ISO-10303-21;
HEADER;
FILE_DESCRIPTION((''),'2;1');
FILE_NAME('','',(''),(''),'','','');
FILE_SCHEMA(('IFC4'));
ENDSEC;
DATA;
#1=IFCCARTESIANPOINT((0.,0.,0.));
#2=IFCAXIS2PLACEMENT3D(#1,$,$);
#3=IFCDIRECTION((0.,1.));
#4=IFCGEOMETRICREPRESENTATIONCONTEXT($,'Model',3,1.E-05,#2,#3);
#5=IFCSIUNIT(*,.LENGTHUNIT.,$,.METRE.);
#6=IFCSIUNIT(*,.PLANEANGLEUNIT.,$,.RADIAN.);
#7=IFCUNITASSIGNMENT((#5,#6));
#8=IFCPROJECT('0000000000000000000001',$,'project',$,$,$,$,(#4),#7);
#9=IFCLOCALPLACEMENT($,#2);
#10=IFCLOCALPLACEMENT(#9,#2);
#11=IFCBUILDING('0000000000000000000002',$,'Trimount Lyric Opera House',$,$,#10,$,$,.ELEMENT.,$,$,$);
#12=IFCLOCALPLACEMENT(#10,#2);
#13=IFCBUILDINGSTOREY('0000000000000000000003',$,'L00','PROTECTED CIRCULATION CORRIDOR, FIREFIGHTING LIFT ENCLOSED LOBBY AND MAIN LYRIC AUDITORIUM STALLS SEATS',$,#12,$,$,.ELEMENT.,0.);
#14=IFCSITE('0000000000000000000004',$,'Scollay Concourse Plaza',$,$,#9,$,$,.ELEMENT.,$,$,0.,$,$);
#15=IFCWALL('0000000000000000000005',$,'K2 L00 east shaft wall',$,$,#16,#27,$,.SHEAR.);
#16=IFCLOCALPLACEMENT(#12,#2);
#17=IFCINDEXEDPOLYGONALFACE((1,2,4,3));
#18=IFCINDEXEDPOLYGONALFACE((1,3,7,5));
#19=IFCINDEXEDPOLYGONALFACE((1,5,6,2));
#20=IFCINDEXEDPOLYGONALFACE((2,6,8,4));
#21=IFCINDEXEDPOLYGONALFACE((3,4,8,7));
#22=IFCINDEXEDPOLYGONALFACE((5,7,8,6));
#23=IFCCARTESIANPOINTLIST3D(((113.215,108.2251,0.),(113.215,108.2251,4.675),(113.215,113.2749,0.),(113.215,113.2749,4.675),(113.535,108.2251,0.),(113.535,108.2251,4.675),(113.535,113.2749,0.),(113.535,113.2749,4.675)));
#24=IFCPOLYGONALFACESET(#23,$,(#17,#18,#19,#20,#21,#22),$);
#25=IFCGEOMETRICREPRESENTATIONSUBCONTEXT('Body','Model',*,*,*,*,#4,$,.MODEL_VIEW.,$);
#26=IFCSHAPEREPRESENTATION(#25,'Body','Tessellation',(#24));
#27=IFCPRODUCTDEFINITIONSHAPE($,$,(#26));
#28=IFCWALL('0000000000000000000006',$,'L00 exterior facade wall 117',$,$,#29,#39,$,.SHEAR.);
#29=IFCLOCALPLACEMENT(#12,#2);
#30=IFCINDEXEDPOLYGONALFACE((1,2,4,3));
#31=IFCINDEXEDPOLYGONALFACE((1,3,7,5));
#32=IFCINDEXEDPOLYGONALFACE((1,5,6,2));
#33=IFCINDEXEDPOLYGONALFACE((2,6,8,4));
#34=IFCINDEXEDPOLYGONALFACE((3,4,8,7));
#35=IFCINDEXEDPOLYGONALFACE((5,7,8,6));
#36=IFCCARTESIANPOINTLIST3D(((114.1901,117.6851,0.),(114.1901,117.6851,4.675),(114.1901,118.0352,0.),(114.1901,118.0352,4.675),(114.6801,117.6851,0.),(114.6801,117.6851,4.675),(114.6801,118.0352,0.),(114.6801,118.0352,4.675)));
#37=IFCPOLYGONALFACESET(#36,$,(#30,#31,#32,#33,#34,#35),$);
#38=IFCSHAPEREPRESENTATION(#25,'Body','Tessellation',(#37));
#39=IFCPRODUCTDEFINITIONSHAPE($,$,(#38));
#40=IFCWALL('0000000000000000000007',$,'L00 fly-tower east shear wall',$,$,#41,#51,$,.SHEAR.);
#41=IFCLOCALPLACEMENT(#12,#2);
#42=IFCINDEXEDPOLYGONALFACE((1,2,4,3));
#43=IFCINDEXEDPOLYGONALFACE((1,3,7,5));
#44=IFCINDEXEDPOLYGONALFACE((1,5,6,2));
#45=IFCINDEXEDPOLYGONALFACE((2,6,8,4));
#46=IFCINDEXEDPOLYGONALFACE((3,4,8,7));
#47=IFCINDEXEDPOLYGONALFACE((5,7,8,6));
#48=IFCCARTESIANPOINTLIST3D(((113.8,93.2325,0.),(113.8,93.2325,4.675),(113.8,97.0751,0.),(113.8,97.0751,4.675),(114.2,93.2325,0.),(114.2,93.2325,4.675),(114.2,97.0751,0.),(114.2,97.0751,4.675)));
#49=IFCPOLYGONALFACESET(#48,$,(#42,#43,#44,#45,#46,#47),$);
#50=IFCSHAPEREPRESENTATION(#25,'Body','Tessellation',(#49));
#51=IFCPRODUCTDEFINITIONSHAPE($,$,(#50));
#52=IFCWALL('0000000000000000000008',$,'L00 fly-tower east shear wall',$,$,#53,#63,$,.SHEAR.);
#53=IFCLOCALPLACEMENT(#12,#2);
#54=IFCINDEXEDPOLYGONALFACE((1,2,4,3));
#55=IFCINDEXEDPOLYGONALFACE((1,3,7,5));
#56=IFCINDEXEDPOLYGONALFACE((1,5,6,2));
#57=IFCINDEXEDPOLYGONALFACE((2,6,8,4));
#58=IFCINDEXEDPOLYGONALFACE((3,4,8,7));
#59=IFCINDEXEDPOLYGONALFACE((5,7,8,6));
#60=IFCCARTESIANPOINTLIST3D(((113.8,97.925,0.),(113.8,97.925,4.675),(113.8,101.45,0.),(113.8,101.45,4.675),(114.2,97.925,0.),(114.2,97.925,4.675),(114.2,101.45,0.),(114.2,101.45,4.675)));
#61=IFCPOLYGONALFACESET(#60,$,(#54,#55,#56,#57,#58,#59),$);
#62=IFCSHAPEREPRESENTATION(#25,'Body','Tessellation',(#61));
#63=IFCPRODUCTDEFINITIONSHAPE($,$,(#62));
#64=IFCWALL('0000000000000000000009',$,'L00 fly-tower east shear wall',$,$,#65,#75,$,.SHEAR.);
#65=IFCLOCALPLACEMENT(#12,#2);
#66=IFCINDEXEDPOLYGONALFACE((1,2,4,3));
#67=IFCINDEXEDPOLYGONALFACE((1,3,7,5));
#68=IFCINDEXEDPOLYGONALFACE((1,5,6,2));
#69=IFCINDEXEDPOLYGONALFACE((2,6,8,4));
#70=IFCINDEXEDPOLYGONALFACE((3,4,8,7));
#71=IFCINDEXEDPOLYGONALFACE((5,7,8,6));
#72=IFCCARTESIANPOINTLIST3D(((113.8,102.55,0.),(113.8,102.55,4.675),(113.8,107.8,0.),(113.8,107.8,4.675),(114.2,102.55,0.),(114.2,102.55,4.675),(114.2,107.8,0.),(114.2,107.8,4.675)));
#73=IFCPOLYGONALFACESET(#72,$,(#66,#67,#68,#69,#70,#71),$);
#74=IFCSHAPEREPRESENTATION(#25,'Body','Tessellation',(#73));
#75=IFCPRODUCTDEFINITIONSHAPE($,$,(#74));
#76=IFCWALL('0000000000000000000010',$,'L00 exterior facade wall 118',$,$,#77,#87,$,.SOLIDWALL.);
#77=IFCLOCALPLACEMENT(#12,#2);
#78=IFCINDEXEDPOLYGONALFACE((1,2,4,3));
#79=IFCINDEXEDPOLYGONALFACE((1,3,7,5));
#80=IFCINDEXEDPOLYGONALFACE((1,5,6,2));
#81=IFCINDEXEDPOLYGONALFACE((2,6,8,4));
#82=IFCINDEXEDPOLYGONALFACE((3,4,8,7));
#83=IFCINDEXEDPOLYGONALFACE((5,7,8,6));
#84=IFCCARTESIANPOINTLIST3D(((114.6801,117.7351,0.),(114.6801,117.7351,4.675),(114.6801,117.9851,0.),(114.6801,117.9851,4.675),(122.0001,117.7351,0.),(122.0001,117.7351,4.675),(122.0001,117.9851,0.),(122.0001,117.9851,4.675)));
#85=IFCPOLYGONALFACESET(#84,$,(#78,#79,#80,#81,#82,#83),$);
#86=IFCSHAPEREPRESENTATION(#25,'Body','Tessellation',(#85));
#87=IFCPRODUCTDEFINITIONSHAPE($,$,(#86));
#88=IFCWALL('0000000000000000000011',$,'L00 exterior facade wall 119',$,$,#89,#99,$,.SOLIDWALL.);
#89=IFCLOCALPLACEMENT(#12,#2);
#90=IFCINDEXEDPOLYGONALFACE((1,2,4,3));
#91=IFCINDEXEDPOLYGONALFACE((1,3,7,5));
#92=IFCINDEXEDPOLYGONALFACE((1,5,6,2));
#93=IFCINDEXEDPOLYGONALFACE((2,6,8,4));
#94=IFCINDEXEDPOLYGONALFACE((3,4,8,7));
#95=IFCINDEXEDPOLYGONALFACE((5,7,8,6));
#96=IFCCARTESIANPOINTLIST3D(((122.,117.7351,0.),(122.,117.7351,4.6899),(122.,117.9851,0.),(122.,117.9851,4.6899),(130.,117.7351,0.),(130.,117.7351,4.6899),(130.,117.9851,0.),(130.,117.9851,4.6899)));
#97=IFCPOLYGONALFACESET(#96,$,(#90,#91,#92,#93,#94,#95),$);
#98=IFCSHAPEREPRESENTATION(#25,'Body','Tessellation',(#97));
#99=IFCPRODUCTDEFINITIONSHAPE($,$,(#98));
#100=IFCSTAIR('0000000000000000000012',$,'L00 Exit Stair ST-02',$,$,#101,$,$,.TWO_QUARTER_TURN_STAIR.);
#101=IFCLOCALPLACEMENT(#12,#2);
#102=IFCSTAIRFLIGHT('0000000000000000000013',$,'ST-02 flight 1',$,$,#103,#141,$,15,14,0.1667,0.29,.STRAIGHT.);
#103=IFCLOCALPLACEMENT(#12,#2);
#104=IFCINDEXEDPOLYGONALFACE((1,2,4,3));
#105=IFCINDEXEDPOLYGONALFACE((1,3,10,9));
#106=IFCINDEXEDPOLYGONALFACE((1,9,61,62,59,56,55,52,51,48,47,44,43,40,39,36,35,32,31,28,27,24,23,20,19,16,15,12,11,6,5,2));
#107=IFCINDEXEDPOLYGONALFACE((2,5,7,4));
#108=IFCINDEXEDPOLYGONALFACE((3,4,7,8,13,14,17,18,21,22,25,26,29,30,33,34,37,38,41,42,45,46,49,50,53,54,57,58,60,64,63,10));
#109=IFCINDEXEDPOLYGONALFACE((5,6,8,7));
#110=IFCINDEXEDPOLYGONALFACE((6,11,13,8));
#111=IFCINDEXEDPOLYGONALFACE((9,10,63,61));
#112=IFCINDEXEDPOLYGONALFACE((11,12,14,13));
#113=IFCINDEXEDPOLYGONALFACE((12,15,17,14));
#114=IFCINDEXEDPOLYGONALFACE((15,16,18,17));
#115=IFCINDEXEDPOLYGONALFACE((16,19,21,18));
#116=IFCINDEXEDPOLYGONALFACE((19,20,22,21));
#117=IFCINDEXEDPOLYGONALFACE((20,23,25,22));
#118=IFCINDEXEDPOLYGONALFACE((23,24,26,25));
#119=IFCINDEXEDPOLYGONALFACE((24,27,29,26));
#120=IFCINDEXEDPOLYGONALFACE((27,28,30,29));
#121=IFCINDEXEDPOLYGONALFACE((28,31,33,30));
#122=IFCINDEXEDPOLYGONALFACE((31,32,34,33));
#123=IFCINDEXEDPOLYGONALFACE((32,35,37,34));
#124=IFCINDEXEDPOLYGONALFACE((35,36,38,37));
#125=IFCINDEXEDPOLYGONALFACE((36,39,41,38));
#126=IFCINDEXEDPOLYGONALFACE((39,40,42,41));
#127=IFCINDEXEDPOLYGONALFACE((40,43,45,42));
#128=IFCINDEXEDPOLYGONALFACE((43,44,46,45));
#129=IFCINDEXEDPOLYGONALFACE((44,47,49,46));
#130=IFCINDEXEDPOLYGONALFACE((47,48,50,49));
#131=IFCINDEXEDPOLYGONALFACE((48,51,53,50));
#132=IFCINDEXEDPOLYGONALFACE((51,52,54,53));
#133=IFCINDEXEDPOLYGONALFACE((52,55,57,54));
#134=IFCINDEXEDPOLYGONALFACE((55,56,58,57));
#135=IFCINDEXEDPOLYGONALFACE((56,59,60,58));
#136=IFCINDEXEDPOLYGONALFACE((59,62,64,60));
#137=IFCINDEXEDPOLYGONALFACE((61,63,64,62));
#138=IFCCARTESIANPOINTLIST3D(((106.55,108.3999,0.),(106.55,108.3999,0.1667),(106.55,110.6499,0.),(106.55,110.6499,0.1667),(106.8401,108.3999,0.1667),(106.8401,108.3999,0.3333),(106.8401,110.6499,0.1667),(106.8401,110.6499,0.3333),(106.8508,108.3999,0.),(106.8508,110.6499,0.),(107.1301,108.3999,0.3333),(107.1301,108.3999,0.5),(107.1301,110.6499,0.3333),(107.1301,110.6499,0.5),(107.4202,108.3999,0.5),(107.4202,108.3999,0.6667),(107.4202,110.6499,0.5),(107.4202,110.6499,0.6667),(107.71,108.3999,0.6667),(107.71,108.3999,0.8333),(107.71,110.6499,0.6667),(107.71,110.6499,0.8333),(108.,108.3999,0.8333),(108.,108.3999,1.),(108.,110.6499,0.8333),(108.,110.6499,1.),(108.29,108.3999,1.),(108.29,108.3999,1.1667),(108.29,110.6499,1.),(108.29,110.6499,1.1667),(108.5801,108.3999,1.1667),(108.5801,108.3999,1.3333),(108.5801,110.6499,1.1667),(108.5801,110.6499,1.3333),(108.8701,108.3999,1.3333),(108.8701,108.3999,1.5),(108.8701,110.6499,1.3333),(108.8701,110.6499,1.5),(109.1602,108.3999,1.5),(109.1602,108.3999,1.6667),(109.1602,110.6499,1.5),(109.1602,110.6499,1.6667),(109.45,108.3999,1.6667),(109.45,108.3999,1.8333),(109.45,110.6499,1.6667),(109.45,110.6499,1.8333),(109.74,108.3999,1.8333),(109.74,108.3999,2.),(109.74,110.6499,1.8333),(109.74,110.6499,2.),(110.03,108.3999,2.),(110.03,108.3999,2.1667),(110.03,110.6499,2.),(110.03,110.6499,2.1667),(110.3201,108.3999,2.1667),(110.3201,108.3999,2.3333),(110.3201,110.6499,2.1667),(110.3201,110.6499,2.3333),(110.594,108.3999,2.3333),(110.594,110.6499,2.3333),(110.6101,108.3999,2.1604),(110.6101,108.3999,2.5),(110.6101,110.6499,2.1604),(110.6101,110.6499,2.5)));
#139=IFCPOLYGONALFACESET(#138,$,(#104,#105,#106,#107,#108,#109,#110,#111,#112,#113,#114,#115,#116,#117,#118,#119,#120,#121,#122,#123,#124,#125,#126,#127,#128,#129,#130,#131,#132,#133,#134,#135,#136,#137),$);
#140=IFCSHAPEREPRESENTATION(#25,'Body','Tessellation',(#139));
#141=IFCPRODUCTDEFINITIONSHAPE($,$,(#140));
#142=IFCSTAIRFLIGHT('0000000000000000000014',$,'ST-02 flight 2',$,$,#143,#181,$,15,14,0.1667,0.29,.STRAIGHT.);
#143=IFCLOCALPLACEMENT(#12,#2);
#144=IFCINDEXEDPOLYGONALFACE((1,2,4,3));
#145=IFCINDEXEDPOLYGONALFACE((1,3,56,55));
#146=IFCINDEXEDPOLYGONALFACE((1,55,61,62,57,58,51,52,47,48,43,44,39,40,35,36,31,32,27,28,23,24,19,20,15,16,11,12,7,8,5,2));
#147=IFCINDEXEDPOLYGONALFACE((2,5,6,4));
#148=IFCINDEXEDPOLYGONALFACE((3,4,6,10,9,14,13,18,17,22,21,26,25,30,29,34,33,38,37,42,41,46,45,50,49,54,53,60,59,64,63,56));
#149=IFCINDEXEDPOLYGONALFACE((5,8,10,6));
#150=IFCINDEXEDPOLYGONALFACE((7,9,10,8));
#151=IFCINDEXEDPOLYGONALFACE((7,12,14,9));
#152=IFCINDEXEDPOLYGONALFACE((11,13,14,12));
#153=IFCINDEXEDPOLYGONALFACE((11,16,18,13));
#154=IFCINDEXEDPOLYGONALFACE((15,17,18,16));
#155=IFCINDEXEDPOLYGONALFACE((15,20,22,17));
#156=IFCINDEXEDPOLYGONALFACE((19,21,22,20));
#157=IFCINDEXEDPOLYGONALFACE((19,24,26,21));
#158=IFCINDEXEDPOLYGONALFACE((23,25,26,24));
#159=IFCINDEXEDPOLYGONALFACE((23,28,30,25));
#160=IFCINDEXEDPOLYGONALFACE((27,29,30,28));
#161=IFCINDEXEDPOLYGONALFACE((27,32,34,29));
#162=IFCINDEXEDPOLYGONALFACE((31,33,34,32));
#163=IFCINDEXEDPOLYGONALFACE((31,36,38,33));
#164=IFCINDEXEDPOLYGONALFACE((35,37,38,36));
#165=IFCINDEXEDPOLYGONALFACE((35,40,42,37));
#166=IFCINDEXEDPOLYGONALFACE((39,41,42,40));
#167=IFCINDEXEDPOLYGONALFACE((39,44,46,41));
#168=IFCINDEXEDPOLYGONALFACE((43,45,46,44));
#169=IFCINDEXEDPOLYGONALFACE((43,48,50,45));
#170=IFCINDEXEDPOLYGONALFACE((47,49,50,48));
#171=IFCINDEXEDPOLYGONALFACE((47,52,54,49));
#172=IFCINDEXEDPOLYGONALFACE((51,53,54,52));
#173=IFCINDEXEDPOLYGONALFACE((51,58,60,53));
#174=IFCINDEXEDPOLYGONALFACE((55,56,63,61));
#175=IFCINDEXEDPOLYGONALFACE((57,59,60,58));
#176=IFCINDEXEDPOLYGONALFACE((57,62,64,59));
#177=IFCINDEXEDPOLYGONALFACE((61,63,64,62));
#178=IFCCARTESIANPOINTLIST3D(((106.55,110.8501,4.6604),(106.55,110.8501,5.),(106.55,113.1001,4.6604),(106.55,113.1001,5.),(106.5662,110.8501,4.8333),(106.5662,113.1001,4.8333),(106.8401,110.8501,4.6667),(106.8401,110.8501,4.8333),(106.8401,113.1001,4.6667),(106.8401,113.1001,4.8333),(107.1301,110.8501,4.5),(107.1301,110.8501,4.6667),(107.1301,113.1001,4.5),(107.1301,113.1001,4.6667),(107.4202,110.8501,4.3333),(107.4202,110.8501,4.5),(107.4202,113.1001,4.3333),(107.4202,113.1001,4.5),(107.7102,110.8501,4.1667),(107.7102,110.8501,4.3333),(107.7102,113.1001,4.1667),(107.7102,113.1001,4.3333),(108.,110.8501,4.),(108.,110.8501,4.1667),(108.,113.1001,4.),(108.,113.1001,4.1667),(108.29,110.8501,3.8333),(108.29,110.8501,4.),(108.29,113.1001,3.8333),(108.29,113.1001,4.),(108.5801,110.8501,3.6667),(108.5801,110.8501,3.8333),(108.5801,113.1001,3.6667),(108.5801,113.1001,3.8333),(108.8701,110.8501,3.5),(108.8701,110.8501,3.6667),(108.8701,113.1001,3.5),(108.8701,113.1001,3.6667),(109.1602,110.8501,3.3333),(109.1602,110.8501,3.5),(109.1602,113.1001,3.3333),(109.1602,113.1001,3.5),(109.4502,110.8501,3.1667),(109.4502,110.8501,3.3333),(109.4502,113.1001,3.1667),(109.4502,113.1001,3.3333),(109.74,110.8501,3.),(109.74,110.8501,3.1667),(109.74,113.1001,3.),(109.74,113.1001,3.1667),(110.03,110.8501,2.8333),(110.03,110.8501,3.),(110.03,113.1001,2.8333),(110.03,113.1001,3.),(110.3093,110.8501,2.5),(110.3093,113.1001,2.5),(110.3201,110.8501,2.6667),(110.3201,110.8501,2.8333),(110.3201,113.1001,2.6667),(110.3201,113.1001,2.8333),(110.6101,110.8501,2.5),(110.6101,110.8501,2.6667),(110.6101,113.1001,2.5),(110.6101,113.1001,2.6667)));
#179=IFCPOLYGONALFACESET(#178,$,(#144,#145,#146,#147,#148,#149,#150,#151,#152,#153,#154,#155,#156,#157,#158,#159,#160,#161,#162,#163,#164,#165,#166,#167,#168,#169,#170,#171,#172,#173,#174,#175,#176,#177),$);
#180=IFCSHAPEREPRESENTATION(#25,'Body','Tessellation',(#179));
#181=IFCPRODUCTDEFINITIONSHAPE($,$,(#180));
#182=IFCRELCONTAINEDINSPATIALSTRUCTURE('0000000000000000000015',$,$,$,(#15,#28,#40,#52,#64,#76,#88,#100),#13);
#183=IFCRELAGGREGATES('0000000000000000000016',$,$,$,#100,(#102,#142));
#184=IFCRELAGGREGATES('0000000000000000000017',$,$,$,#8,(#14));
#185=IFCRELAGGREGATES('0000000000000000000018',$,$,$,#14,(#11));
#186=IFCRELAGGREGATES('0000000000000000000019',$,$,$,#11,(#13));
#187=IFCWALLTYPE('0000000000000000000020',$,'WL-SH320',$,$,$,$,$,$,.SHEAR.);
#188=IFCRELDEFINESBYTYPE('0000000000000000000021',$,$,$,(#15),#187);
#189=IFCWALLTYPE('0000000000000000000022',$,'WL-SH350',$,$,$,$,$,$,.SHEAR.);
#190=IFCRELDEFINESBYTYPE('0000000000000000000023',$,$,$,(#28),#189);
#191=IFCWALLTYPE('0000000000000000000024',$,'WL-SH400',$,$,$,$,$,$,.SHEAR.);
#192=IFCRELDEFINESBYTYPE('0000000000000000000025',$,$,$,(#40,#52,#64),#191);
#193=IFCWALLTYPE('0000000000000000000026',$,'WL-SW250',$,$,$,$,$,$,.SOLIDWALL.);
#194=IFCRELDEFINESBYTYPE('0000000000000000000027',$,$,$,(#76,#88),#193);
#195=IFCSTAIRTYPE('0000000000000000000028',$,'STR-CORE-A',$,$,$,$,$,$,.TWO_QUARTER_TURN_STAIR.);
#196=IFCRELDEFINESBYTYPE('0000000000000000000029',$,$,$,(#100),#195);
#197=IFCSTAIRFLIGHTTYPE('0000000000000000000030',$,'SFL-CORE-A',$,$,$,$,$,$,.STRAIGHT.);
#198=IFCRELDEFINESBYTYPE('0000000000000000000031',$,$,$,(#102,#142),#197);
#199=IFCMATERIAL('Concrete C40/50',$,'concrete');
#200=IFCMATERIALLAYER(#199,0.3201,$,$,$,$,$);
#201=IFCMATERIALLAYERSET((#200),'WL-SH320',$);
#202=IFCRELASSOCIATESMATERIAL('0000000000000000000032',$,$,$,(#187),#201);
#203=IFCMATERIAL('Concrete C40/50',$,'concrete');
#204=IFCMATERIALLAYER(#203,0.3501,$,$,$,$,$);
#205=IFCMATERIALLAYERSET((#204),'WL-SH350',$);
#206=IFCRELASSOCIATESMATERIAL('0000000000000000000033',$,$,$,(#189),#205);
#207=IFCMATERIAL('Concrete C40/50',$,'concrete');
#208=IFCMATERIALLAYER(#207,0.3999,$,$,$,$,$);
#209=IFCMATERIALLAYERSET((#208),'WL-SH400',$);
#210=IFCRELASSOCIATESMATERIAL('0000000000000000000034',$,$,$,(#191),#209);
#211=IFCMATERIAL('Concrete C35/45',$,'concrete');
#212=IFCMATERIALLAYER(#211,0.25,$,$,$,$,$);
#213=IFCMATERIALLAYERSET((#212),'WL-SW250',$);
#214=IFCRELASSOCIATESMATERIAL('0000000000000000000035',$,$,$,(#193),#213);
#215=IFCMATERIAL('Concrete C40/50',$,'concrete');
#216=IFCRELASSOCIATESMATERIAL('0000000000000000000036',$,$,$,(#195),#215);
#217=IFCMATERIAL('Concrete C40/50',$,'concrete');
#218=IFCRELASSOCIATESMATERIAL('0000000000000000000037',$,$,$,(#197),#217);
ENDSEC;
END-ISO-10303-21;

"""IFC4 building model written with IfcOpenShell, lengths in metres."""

from ifc_helpers import new_model, si_unit, direction, frame, frame_2d, origin, place, context, subcontext, project, spatial, polyline, rectangle, outline, extrude, material, layer, layer_set, type_object, element, aggregate, save


model = new_model("IFC4")

# Units and contexts
model_context = context("Model", 3, precision=1e-05, world=origin(), true_north=direction((0.0, 1.0)))
body_context = subcontext(model_context, "Body", "Model", "MODEL_VIEW")
ifc_project = project(units=[si_unit("LENGTHUNIT", "METRE"), si_unit("PLANEANGLEUNIT", "RADIAN")], contexts=[model_context])

# Site, building, storey
site_placement = place(None, origin())
site = spatial("IfcSite", under=ifc_project, at=site_placement, Name="Scollay Concourse Plaza", CompositionType="ELEMENT", RefElevation=0.0)
building_placement = place(site_placement, origin())
building = spatial("IfcBuilding", under=site, at=building_placement, Name="Trimount Lyric Opera House", CompositionType="ELEMENT")
storey_placement = place(building_placement, origin())
storey = spatial("IfcBuildingStorey", under=building, at=storey_placement, Name="L00", Description="PROTECTED CIRCULATION CORRIDOR, FIREFIGHTING LIFT ENCLOSED LOBBY AND MAIN LYRIC AUDITORIUM STALLS SEATS", CompositionType="ELEMENT", Elevation=0.0)

# Walls
ifc_material_1 = material(Name="Concrete C40/50", Category="concrete")
ifc_layer_1 = layer(ifc_material_1, 0.3201)
ifc_layer_set_1 = layer_set([ifc_layer_1], Name="WL-SH320")
wall_type_1 = type_object("IfcWallType", Name="WL-SH320", PredefinedType="SHEAR", material=ifc_layer_set_1)
wall_1_placement = place(storey_placement, frame((113.375, 108.2251, 0.0), z_axis=(0.0, 0.0, 1.0), x_axis=(0.0, 1.0, 0.0)))
element("IfcWall", 1, at=wall_1_placement, inside=storey, type_object=wall_type_1, Name="K2 L00 east shaft wall", PredefinedType="SHEAR", context=body_context, shape_type="SweptSolid", body=[
    extrude(rectangle(XDim=5.0498, YDim=0.3201, at=frame_2d((2.5249, 0.0))), origin(), (0.0, 0.0, 1.0), 4.675),
])
ifc_material_2 = material(Name="Concrete C40/50", Category="concrete")
ifc_layer_2 = layer(ifc_material_2, 0.3501)
ifc_layer_set_2 = layer_set([ifc_layer_2], Name="WL-SH350")
wall_type_2 = type_object("IfcWallType", Name="WL-SH350", PredefinedType="SHEAR", material=ifc_layer_set_2)
wall_2_placement = place(storey_placement, frame((114.1899, 117.8601, 0.0), z_axis=(0.0, 0.0, 1.0), x_axis=(1.0, 0.0, 0.0)))
element("IfcWall", 2, at=wall_2_placement, inside=storey, type_object=wall_type_2, Name="L00 exterior facade wall 117", PredefinedType="SHEAR", context=body_context, shape_type="SweptSolid", body=[
    extrude(rectangle(XDim=0.49, YDim=0.3501, at=frame_2d((0.2451, 0.0))), origin(), (0.0, 0.0, 1.0), 4.675),
])
ifc_material_3 = material(Name="Concrete C40/50", Category="concrete")
ifc_layer_3 = layer(ifc_material_3, 0.3999)
ifc_layer_set_3 = layer_set([ifc_layer_3], Name="WL-SH400")
wall_type_3 = type_object("IfcWallType", Name="WL-SH400", PredefinedType="SHEAR", material=ifc_layer_set_3)
wall_3_placement = place(storey_placement, frame((114.0, 93.2324, 0.0), z_axis=(0.0, 0.0, 1.0), x_axis=(0.0, 1.0, 0.0)))
element("IfcWall", 3, at=wall_3_placement, inside=storey, type_object=wall_type_3, Name="L00 fly-tower east shear wall", PredefinedType="SHEAR", context=body_context, shape_type="SweptSolid", body=[
    extrude(rectangle(XDim=3.8425, YDim=0.3999, at=frame_2d((1.9214, 0.0))), origin(), (0.0, 0.0, 1.0), 4.675),
])
wall_4_placement = place(storey_placement, frame((114.0, 97.925, 0.0), z_axis=(0.0, 0.0, 1.0), x_axis=(0.0, 1.0, 0.0)))
element("IfcWall", 4, at=wall_4_placement, inside=storey, type_object=wall_type_3, Name="L00 fly-tower east shear wall", PredefinedType="SHEAR", context=body_context, shape_type="SweptSolid", body=[
    extrude(rectangle(XDim=3.5249, YDim=0.3999, at=frame_2d((1.7625, 0.0))), origin(), (0.0, 0.0, 1.0), 4.675),
])
wall_5_placement = place(storey_placement, frame((114.0, 102.55, 0.0), z_axis=(0.0, 0.0, 1.0), x_axis=(0.0, 1.0, 0.0)))
element("IfcWall", 5, at=wall_5_placement, inside=storey, type_object=wall_type_3, Name="L00 fly-tower east shear wall", PredefinedType="SHEAR", context=body_context, shape_type="SweptSolid", body=[
    extrude(rectangle(XDim=5.25, YDim=0.3999, at=frame_2d((2.625, 0.0))), origin(), (0.0, 0.0, 1.0), 4.675),
])
ifc_material_4 = material(Name="Concrete C35/45", Category="concrete")
ifc_layer_4 = layer(ifc_material_4, 0.25)
ifc_layer_set_4 = layer_set([ifc_layer_4], Name="WL-SW250")
wall_type_4 = type_object("IfcWallType", Name="WL-SW250", PredefinedType="SOLIDWALL", material=ifc_layer_set_4)
wall_6_placement = place(storey_placement, frame((114.6799, 117.8601, 0.0), z_axis=(0.0, 0.0, 1.0), x_axis=(1.0, 0.0, 0.0)))
element("IfcWall", 6, at=wall_6_placement, inside=storey, type_object=wall_type_4, Name="L00 exterior facade wall 118", PredefinedType="SOLIDWALL", context=body_context, shape_type="SweptSolid", body=[
    extrude(rectangle(XDim=7.3201, YDim=0.25, at=frame_2d((3.6602, 0.0))), origin(), (0.0, 0.0, 1.0), 4.675),
])
wall_7_placement = place(storey_placement, frame((122.0, 117.8601, 0.0), z_axis=(0.0, 0.0, 1.0), x_axis=(1.0, 0.0, 0.0)))
element("IfcWall", 7, at=wall_7_placement, inside=storey, type_object=wall_type_4, Name="L00 exterior facade wall 119", PredefinedType="SOLIDWALL", context=body_context, shape_type="SweptSolid", body=[
    extrude(rectangle(XDim=8.0, YDim=0.25, at=frame_2d((4.0, 0.0))), origin(), (0.0, 0.0, 1.0), 4.6899),
])

# Stair, stair flights
ifc_material_5 = material(Name="Concrete C40/50", Category="concrete")
stair_type = type_object("IfcStairType", Name="STR-CORE-A", PredefinedType="TWO_QUARTER_TURN_STAIR", material=ifc_material_5)
stair_placement = place(storey_placement, origin())
stair = element("IfcStair", 8, at=stair_placement, inside=storey, type_object=stair_type, Name="L00 Exit Stair ST-02", PredefinedType="TWO_QUARTER_TURN_STAIR")
ifc_material_6 = material(Name="Concrete C40/50", Category="concrete")
stair_flight_type = type_object("IfcStairFlightType", Name="SFL-CORE-A", PredefinedType="STRAIGHT", material=ifc_material_6)
stair_flight_1_placement = place(storey_placement, frame((106.55, 109.5249, 0.0), z_axis=(0.0, 0.0, 1.0), x_axis=(1.0, 0.0, 0.0)))
stair_flight_1 = element("IfcStairFlight", 9, at=stair_flight_1_placement, type_object=stair_flight_type, Name="ST-02 flight 1", NumberOfRisers=15, NumberOfTreads=14, PredefinedType="STRAIGHT", RiserHeight=0.1667, TreadLength=0.29, context=body_context, shape_type="SweptSolid", body=[
    extrude(outline(polyline([(0.0, 0.0), (0.0, 0.1667), (0.29, 0.1667), (0.29, 0.3333), (0.5801, 0.3333), (0.5801, 0.5), (0.8701, 0.5), (0.8701, 0.6667), (1.1599, 0.6667), (1.1599, 0.8333), (1.45, 0.8333), (1.45, 1.0), (1.74, 1.0), (1.74, 1.1667), (2.03, 1.1667), (2.03, 1.3333), (2.3201, 1.3333), (2.3201, 1.5), (2.6101, 1.5), (2.6101, 1.6667), (2.8999, 1.6667), (2.8999, 1.8333), (3.1899, 1.8333), (3.1899, 2.0), (3.48, 2.0), (3.48, 2.1667), (3.77, 2.1667), (3.77, 2.3333), (4.0439, 2.3333), (4.0601, 2.5), (4.0601, 2.1604), (0.3008, 0.0), (0.0, 0.0)])), frame((0.0, 1.125, 0.0), z_axis=(0.0, -1.0, 0.0), x_axis=(1.0, 0.0, 0.0)), (0.0, 0.0, 1.0), 2.25),
])
stair_flight_2_placement = place(storey_placement, frame((110.6101, 111.9751, 2.5), z_axis=(0.0, 0.0, 1.0), x_axis=(-1.0, 0.0, 0.0)))
stair_flight_2 = element("IfcStairFlight", 10, at=stair_flight_2_placement, type_object=stair_flight_type, Name="ST-02 flight 2", NumberOfRisers=15, NumberOfTreads=14, PredefinedType="STRAIGHT", RiserHeight=0.1667, TreadLength=0.29, context=body_context, shape_type="SweptSolid", body=[
    extrude(outline(polyline([(0.0, 0.0), (0.0, 0.1667), (0.29, 0.1667), (0.29, 0.3333), (0.5801, 0.3333), (0.5801, 0.5), (0.8701, 0.5), (0.8701, 0.6667), (1.1599, 0.6667), (1.1599, 0.8333), (1.45, 0.8333), (1.45, 1.0), (1.74, 1.0), (1.74, 1.1667), (2.03, 1.1667), (2.03, 1.3333), (2.3201, 1.3333), (2.3201, 1.5), (2.6101, 1.5), (2.6101, 1.6667), (2.8999, 1.6667), (2.8999, 1.8333), (3.1899, 1.8333), (3.1899, 2.0), (3.48, 2.0), (3.48, 2.1667), (3.77, 2.1667), (3.77, 2.3333), (4.0439, 2.3333), (4.0601, 2.5), (4.0601, 2.1604), (0.3008, 0.0), (0.0, 0.0)])), frame((0.0, 1.125, 0.0), z_axis=(0.0, -1.0, 0.0), x_axis=(1.0, 0.0, 0.0)), (0.0, 0.0, 1.0), 2.25),
])
aggregate(stair, [stair_flight_1, stair_flight_2])

save(model, "model.ifc")
